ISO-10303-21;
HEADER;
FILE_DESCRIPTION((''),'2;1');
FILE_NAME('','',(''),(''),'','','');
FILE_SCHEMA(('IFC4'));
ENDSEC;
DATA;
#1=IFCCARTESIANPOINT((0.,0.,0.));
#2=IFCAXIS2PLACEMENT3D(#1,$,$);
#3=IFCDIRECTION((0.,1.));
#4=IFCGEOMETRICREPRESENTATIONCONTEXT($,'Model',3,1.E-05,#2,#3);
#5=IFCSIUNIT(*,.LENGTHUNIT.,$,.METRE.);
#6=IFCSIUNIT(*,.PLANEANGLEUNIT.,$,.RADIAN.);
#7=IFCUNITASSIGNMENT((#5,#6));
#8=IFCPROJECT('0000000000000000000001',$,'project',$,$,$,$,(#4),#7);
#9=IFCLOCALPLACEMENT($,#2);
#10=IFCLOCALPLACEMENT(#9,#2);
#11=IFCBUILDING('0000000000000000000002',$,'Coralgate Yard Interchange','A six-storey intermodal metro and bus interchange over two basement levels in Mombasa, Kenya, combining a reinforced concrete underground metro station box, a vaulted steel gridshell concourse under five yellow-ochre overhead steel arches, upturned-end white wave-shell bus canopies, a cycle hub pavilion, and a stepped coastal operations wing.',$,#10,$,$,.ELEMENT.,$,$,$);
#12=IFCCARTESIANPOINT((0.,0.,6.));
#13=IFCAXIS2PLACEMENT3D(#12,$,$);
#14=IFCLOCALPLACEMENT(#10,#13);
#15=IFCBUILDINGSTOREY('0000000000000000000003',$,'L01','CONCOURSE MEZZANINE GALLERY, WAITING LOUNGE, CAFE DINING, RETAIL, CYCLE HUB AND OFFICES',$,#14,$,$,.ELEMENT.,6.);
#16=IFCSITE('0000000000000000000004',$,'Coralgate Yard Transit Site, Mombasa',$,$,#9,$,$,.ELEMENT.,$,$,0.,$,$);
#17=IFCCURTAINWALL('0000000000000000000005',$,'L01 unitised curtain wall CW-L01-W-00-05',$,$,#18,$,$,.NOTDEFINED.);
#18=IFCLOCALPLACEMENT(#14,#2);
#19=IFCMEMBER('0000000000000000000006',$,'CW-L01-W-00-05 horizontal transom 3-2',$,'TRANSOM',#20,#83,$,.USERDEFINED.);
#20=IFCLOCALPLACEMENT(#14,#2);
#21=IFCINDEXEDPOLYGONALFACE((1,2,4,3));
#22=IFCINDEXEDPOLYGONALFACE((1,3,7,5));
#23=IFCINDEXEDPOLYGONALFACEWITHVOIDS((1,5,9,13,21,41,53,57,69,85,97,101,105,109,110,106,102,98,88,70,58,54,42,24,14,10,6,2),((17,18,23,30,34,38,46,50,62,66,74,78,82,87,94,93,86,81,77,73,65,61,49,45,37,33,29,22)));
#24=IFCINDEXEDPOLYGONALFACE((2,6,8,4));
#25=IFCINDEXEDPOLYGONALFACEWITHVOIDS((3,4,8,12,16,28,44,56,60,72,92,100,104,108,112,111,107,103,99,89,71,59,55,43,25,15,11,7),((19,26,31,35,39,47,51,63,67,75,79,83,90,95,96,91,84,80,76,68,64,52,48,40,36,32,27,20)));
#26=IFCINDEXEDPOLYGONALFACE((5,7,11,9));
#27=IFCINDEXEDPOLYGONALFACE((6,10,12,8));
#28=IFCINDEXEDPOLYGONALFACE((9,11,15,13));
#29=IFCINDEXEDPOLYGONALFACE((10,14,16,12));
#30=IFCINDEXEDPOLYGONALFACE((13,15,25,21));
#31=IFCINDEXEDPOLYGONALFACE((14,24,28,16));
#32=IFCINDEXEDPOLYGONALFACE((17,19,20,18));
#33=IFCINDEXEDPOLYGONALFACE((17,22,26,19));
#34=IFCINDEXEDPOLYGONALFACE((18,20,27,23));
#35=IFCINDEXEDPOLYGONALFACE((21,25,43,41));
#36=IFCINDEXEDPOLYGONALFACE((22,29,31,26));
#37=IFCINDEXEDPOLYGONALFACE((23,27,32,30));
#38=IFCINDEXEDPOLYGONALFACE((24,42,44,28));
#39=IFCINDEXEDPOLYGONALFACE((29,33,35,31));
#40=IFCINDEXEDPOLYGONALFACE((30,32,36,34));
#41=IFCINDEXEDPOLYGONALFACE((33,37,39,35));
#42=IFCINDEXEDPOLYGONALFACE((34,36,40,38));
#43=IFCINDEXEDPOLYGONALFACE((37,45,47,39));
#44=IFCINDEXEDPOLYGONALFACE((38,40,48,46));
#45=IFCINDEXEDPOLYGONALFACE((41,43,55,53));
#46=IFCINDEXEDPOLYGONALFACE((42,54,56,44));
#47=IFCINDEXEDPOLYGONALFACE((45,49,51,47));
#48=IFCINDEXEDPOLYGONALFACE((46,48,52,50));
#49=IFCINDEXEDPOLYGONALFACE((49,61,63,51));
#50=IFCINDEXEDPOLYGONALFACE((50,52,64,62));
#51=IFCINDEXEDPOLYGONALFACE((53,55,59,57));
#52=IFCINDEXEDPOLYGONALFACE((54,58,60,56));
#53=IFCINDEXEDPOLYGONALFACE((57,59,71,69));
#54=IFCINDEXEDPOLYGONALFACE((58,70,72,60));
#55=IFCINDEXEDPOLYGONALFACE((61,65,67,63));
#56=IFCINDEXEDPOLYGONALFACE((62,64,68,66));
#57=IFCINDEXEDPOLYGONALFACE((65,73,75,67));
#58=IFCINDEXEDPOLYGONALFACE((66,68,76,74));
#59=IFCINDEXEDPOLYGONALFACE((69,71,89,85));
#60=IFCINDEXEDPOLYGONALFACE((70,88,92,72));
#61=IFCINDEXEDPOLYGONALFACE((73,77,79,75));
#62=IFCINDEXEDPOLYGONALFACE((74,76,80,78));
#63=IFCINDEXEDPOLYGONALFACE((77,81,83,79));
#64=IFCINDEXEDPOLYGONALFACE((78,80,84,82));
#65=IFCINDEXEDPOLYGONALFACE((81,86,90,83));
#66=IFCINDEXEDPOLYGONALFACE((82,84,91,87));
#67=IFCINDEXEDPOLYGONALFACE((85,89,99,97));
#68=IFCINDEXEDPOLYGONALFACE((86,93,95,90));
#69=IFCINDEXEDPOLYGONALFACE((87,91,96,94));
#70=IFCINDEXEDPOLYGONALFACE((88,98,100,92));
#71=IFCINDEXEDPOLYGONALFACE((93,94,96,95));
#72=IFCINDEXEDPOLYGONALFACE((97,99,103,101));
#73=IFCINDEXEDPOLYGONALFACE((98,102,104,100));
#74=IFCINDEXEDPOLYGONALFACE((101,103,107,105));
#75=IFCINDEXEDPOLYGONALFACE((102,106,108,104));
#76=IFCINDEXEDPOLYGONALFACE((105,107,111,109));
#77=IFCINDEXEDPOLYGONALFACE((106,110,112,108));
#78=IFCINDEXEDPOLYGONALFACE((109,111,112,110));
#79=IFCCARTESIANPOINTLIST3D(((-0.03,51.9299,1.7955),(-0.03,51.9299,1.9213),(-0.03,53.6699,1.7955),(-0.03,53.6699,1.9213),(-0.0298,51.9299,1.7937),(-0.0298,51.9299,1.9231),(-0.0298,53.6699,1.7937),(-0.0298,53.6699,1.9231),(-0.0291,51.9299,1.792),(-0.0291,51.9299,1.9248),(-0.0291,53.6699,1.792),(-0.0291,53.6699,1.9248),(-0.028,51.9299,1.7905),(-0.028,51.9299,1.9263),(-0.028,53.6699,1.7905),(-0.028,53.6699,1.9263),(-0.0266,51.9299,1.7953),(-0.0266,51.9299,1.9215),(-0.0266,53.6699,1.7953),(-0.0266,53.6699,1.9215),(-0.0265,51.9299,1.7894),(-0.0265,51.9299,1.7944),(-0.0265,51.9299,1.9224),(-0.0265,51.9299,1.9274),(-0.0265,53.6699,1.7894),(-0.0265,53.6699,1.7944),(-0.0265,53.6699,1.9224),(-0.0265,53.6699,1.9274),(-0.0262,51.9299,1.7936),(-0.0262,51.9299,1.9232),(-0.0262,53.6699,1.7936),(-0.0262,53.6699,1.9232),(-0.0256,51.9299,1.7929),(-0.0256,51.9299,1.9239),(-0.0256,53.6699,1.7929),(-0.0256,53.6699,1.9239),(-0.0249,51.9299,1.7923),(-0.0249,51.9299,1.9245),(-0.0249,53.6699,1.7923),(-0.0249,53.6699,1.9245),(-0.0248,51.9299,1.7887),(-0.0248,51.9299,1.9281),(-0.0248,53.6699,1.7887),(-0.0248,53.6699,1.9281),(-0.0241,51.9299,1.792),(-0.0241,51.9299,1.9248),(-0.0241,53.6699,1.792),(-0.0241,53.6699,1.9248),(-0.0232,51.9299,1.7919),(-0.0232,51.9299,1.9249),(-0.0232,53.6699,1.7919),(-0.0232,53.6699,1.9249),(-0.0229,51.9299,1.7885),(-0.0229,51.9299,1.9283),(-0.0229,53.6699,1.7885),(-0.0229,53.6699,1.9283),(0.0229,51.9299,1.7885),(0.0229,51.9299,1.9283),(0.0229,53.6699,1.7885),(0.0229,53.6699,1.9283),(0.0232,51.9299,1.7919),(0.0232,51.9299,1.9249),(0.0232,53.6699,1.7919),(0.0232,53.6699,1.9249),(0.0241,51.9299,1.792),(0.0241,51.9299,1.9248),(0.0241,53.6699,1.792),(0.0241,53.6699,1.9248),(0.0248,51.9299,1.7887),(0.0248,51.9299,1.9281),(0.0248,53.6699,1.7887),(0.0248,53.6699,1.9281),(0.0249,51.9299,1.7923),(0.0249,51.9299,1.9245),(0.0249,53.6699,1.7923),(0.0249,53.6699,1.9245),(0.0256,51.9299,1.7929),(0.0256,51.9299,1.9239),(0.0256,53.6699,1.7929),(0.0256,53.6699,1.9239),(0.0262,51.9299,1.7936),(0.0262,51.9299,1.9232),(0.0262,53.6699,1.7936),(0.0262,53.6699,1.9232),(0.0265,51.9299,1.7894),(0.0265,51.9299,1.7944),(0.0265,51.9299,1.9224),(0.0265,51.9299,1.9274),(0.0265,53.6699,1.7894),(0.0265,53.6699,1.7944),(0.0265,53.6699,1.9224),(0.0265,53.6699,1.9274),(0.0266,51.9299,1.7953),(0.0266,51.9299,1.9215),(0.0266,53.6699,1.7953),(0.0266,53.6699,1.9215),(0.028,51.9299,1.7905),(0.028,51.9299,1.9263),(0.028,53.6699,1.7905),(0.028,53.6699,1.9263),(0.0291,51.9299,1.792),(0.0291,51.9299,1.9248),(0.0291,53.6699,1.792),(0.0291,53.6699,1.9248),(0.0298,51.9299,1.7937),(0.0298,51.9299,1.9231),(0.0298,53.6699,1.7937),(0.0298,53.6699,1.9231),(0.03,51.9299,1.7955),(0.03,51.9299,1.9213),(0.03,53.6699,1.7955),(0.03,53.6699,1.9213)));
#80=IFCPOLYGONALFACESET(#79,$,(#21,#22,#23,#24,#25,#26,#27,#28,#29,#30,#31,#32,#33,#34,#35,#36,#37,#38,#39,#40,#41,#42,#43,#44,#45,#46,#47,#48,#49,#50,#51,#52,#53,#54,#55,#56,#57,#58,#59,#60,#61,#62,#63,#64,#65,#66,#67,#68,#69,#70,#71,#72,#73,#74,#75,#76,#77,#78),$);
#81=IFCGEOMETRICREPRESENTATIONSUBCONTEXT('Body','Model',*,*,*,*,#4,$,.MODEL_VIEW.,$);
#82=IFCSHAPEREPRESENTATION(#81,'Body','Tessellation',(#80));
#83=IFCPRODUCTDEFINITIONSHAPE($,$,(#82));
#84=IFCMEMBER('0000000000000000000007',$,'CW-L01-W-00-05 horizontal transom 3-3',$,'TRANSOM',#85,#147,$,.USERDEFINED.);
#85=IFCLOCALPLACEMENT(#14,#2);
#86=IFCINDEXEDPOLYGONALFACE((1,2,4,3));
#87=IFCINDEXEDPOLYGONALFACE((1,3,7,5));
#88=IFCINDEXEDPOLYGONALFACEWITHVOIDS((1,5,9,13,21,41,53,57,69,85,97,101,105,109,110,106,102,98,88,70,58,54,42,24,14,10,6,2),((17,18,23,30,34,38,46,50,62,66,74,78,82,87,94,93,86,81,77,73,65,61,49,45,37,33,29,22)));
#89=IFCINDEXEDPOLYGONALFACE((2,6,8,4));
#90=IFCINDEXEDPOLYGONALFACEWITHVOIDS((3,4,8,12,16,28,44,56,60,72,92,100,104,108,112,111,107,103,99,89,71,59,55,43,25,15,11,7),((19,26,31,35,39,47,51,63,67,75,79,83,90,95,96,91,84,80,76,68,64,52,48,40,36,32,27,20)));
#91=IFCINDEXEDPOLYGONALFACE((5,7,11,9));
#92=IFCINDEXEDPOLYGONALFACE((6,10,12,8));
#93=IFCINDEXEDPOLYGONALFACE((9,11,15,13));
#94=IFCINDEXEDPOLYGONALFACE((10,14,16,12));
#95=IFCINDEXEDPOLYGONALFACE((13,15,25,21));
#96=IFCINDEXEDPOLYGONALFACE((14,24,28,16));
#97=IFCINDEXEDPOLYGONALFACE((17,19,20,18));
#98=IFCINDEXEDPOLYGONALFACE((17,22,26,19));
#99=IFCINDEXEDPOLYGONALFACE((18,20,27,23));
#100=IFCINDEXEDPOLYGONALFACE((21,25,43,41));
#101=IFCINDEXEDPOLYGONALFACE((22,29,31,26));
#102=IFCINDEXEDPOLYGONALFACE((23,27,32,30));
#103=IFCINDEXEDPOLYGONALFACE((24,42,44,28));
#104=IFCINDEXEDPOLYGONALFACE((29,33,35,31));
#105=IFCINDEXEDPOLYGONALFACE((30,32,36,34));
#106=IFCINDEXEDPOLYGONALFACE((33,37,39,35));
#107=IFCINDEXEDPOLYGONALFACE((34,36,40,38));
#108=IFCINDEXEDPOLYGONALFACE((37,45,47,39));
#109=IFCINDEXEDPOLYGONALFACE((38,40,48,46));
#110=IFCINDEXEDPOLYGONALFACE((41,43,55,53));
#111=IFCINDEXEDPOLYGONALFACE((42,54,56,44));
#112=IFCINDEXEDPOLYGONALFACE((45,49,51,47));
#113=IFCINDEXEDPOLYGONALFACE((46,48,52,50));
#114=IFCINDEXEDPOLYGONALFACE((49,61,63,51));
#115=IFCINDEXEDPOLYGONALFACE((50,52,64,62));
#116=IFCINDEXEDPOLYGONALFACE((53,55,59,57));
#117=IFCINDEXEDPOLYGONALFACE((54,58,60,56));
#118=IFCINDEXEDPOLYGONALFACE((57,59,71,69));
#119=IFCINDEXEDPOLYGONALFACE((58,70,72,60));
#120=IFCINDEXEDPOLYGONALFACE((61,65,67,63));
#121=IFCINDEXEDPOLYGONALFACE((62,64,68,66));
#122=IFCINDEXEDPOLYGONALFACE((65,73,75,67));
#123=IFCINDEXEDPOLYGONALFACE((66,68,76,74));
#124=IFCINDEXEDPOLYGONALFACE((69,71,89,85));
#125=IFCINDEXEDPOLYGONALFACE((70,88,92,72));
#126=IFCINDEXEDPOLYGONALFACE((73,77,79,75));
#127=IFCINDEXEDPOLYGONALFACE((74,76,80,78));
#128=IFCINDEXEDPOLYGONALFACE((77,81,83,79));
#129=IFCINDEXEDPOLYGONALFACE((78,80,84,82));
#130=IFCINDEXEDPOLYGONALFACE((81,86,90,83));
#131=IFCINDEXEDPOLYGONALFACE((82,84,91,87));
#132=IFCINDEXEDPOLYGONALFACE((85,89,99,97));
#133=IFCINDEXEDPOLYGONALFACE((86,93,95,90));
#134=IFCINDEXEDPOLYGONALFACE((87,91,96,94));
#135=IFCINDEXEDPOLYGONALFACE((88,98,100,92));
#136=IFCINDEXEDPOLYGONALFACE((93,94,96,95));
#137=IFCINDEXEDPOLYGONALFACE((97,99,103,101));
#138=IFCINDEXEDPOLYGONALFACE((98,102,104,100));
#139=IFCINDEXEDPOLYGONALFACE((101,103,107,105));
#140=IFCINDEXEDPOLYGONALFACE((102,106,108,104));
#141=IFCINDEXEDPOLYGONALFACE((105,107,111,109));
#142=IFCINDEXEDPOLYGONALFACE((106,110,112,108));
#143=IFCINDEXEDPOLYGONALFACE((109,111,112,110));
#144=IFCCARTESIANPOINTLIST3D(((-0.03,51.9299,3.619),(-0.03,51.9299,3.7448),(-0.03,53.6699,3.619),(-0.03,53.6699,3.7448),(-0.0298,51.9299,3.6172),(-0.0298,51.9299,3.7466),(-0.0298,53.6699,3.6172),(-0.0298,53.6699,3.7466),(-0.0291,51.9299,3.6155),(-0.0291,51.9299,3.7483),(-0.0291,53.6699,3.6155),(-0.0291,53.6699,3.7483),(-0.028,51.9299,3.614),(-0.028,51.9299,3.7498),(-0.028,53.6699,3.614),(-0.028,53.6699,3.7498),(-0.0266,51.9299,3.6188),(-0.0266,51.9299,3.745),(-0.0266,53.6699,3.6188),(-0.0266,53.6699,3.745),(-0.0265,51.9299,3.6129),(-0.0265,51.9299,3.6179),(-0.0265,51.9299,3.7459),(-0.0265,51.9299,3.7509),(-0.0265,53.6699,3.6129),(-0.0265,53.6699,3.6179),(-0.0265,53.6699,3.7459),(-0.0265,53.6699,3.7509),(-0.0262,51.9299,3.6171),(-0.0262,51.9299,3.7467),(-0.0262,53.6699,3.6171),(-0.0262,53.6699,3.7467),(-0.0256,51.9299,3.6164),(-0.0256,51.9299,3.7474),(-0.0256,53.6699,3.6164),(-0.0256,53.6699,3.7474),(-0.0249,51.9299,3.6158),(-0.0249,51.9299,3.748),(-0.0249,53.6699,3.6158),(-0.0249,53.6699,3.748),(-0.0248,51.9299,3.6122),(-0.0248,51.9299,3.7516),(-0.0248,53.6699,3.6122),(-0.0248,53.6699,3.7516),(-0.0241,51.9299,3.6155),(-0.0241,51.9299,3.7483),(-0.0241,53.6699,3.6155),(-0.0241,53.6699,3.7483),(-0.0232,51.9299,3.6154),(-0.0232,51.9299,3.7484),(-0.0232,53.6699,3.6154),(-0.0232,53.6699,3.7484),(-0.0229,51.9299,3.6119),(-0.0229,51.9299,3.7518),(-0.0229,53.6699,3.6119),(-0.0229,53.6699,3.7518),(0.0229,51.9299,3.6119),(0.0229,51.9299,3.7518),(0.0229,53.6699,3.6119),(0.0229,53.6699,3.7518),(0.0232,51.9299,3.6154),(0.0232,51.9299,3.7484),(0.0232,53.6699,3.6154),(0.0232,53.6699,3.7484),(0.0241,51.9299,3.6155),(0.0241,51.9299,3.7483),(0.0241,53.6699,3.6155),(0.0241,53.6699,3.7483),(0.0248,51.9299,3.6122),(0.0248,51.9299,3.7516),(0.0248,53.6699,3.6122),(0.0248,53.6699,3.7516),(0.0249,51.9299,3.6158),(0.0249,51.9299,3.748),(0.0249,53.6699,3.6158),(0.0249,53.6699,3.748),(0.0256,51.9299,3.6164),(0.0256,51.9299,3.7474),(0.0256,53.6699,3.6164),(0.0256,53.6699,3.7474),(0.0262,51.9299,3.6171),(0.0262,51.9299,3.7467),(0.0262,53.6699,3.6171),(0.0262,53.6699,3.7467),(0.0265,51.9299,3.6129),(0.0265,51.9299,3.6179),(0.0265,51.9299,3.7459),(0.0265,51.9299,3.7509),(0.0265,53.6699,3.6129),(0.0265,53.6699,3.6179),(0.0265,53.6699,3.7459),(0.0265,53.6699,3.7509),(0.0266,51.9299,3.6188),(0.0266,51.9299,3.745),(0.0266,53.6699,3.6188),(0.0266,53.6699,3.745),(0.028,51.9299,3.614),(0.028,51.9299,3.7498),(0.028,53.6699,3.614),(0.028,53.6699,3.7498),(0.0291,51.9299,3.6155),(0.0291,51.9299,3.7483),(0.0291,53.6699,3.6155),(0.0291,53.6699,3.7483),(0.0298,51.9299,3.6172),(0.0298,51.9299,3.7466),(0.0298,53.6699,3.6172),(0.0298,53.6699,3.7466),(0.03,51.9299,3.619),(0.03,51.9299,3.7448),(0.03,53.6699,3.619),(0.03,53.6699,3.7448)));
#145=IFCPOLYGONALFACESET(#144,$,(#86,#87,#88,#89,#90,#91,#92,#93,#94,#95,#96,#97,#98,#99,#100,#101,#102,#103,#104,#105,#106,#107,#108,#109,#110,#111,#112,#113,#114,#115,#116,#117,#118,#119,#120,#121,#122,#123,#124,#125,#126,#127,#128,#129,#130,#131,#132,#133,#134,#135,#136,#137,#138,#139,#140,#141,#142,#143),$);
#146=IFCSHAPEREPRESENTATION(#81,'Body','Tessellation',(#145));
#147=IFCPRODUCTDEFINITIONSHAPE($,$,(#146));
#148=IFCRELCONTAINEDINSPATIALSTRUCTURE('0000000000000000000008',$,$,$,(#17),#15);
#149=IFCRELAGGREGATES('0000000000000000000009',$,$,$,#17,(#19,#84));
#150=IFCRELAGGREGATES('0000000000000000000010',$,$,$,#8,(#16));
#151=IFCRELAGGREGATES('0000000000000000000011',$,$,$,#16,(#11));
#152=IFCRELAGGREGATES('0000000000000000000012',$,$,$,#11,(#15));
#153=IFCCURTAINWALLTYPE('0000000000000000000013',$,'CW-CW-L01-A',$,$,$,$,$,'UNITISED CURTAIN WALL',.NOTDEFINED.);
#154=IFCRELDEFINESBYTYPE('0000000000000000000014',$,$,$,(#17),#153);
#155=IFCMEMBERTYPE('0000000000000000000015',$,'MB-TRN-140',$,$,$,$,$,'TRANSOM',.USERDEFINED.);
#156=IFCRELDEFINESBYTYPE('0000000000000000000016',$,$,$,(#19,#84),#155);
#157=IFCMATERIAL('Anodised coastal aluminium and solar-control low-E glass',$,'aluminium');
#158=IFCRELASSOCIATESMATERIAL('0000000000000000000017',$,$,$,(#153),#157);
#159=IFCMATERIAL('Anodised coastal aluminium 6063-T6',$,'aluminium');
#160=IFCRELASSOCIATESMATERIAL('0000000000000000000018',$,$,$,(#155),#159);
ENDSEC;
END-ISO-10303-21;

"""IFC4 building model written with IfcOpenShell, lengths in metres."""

from ifc_helpers import new_model, si_unit, direction, frame, origin, origin_2d, place, context, subcontext, project, spatial, hollow_rectangle, extrude, material, material_profile, profile_set, type_object, element, aggregate, save


model = new_model("IFC4")

# Units and contexts
model_context = context("Model", 3, precision=1e-05, world=origin(), true_north=direction((0.0, 1.0)))
body_context = subcontext(model_context, "Body", "Model", "MODEL_VIEW")
ifc_project = project(units=[si_unit("LENGTHUNIT", "METRE"), si_unit("PLANEANGLEUNIT", "RADIAN")], contexts=[model_context])

# Site, building, storey
site_placement = place(None, origin())
site = spatial("IfcSite", under=ifc_project, at=site_placement, Name="Coralgate Yard Transit Site, Mombasa", CompositionType="ELEMENT", RefElevation=0.0)
building_placement = place(site_placement, origin())
building = spatial("IfcBuilding", under=site, at=building_placement, Name="Coralgate Yard Interchange", Description="A six-storey intermodal metro and bus interchange over two basement levels in Mombasa, Kenya, combining a reinforced concrete underground metro station box, a vaulted steel gridshell concourse under five yellow-ochre overhead steel arches, upturned-end white wave-shell bus canopies, a cycle hub pavilion, and a stepped coastal operations wing.", CompositionType="ELEMENT")
storey_placement = place(building_placement, frame((0.0, 0.0, 6.0)))
storey = spatial("IfcBuildingStorey", under=building, at=storey_placement, Name="L01", Description="CONCOURSE MEZZANINE GALLERY, WAITING LOUNGE, CAFE DINING, RETAIL, CYCLE HUB AND OFFICES", CompositionType="ELEMENT", Elevation=6.0)

# Curtain wall, members
ifc_material_1 = material(Name="Anodised coastal aluminium and solar-control low-E glass", Category="aluminium")
curtain_wall_type = type_object("IfcCurtainWallType", Name="CW-CW-L01-A", ElementType="UNITISED CURTAIN WALL", PredefinedType="NOTDEFINED", material=ifc_material_1)
curtain_wall_placement = place(storey_placement, origin())
curtain_wall = element("IfcCurtainWall", 1, at=curtain_wall_placement, inside=storey, type_object=curtain_wall_type, Name="L01 unitised curtain wall CW-L01-W-00-05", PredefinedType="NOTDEFINED")
ifc_material_2 = material(Name="Anodised coastal aluminium 6063-T6", Category="aluminium")
ifc_material_profile_1 = material_profile(ifc_material_2, hollow_rectangle(XDim=0.0601, YDim=0.1399, WallThickness=0.0034, InnerFilletRadius=0.0034, OuterFilletRadius=0.0071, at=origin_2d()), Name="ALU 60x140x3.5")
ifc_profile_set_1 = profile_set([ifc_material_profile_1], Name="Anodised coastal aluminium 6063-T6")
member_type_1 = type_object("IfcMemberType", Name="MB-TRN-140", ElementType="TRANSOM", PredefinedType="USERDEFINED", material=ifc_profile_set_1)
member_1_placement = place(storey_placement, frame((0.0, 51.9299, 1.8584), z_axis=(0.0, 1.0, 0.0), x_axis=(-1.0, 0.0, 0.0)))
member_1 = element("IfcMember", 2, at=member_1_placement, type_object=member_type_1, Name="CW-L01-W-00-05 horizontal transom 3-2", ObjectType="TRANSOM", PredefinedType="USERDEFINED", context=body_context, shape_type="SweptSolid", body=[
    extrude(hollow_rectangle(XDim=0.0601, YDim=0.1399, WallThickness=0.0034, InnerFilletRadius=0.0034, OuterFilletRadius=0.0071, at=origin_2d()), origin(), (0.0, 0.0, 1.0), 1.74),
])
member_2_placement = place(storey_placement, frame((0.0, 51.9299, 3.6819), z_axis=(0.0, 1.0, 0.0), x_axis=(-1.0, 0.0, 0.0)))
member_2 = element("IfcMember", 3, at=member_2_placement, type_object=member_type_1, Name="CW-L01-W-00-05 horizontal transom 3-3", ObjectType="TRANSOM", PredefinedType="USERDEFINED", context=body_context, shape_type="SweptSolid", body=[
    extrude(hollow_rectangle(XDim=0.0601, YDim=0.1399, WallThickness=0.0034, InnerFilletRadius=0.0034, OuterFilletRadius=0.0071, at=origin_2d()), origin(), (0.0, 0.0, 1.0), 1.74),
])
aggregate(curtain_wall, [member_1, member_2])

save(model, "model.ifc")
